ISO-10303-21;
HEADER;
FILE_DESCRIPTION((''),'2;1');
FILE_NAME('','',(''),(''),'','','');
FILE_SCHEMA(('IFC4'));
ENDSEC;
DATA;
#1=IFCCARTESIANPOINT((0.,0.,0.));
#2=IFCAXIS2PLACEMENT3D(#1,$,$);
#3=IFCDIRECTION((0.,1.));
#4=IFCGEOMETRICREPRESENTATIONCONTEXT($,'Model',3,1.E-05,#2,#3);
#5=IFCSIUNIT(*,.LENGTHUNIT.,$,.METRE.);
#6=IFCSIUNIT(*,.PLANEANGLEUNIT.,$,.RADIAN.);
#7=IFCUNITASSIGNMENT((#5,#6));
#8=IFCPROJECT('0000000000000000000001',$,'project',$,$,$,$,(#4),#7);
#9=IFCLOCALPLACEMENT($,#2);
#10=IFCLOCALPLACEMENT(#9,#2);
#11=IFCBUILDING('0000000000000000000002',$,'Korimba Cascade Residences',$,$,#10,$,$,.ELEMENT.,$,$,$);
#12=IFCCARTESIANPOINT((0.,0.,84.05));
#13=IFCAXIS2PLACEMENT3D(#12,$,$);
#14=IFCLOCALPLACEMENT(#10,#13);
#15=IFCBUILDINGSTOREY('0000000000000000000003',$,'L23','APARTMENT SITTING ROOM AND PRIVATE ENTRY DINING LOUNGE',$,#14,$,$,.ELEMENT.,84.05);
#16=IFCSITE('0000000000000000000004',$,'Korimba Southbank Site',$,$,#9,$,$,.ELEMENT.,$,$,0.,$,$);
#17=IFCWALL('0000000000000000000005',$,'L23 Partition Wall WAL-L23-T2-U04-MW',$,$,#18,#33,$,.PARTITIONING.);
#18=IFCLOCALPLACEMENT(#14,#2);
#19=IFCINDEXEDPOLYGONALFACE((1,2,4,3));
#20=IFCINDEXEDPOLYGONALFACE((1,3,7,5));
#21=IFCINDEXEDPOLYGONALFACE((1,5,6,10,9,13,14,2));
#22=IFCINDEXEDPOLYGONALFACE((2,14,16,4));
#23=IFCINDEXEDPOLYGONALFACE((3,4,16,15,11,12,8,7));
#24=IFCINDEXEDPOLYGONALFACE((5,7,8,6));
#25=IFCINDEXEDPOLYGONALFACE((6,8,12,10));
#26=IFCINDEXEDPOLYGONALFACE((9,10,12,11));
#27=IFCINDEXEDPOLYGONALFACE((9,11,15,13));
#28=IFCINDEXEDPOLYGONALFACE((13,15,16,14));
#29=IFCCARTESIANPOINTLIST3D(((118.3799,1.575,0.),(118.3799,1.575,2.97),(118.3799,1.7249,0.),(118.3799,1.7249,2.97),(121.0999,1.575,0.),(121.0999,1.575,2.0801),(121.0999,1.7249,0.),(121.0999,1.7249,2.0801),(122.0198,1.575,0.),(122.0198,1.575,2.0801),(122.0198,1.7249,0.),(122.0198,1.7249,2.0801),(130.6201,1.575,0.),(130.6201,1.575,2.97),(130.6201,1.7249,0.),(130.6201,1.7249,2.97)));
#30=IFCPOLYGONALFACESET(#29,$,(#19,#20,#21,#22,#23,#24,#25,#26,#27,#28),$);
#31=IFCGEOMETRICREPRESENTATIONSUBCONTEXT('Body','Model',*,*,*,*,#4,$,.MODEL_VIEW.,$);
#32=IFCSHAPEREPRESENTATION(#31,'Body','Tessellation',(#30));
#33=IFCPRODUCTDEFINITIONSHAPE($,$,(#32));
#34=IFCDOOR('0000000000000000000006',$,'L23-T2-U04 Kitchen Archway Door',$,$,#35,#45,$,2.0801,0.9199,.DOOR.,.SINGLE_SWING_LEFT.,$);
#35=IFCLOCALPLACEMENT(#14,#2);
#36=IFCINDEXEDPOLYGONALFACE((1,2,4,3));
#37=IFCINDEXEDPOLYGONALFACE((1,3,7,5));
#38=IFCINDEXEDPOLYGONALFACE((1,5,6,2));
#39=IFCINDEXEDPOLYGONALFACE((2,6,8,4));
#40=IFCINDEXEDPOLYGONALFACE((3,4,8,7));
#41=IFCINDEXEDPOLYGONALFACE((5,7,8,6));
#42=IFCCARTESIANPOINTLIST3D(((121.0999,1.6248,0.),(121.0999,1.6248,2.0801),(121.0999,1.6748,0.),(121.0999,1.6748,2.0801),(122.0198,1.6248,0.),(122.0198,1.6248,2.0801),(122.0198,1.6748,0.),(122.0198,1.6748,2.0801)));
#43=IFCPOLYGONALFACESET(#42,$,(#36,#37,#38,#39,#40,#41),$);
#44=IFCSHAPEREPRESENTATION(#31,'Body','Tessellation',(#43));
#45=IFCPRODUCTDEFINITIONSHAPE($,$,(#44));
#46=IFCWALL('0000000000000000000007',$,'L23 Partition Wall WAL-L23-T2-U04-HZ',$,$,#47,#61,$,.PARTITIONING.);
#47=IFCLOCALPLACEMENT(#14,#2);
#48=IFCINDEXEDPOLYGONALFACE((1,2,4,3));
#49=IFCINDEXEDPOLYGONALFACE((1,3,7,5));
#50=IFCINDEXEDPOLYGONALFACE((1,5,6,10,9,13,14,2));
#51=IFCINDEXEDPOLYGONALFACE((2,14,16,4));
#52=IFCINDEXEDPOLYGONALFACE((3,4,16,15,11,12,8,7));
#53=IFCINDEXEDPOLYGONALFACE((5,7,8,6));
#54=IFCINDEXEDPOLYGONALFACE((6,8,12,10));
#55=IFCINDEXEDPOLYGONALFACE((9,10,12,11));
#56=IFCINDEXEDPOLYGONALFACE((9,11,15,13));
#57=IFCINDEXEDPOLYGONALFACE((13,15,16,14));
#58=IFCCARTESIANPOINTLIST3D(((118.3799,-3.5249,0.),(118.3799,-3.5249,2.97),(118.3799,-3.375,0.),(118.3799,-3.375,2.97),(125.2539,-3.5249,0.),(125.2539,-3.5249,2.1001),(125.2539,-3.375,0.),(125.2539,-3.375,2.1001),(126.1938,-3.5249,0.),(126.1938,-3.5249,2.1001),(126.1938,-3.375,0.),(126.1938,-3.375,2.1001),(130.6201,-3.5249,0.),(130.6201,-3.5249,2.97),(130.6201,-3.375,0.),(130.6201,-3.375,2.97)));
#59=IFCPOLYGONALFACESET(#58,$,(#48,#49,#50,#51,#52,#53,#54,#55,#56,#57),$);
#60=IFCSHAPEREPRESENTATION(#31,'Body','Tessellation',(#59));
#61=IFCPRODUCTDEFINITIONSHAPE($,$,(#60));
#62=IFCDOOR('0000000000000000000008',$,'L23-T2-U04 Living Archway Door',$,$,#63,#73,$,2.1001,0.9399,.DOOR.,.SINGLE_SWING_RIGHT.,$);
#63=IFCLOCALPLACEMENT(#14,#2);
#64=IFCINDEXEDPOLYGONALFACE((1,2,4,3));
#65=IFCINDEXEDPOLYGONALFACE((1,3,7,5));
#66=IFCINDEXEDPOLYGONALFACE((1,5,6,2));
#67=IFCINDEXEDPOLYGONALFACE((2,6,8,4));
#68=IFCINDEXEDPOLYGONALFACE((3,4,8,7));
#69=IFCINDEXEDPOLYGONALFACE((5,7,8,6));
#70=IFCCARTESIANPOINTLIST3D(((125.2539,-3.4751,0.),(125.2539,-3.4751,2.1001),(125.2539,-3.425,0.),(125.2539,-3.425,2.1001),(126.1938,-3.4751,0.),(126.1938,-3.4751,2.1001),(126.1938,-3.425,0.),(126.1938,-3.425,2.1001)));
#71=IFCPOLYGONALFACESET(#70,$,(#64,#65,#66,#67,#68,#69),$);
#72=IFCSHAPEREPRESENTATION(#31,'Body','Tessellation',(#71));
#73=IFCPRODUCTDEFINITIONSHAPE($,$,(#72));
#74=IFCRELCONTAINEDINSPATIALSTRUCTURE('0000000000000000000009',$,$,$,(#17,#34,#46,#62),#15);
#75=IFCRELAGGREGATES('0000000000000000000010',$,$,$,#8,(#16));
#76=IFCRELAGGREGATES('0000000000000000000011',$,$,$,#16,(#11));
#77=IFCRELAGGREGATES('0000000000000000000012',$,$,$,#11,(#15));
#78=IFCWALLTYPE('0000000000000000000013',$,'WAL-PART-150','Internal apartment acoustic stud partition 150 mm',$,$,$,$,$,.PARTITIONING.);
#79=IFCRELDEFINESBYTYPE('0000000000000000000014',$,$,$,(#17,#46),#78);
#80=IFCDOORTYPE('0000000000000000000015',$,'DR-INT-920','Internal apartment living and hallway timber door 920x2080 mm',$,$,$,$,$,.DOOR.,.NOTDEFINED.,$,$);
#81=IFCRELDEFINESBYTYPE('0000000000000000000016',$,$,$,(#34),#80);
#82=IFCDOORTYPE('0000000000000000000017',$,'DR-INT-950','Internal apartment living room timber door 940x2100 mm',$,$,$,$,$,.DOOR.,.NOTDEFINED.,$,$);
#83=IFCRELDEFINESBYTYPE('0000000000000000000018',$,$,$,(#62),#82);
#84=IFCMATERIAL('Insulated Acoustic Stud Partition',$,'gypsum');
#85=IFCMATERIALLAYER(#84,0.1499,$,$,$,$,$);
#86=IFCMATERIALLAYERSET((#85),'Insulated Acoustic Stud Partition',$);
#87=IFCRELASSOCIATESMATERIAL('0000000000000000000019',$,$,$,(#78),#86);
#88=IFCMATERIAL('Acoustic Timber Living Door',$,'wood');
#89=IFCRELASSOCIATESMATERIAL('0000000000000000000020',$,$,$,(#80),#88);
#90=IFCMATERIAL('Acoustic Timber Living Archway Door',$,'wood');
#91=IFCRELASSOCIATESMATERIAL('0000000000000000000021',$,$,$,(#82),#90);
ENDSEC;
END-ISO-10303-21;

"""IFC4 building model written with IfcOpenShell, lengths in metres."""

from ifc_helpers import new_model, si_unit, direction, frame, frame_2d, origin, place, context, subcontext, project, spatial, rectangle, extrude, material, layer, layer_set, type_object, element, fill, save


model = new_model("IFC4")

# Units and contexts
model_context = context("Model", 3, precision=1e-05, world=origin(), true_north=direction((0.0, 1.0)))
body_context = subcontext(model_context, "Body", "Model", "MODEL_VIEW")
ifc_project = project(units=[si_unit("LENGTHUNIT", "METRE"), si_unit("PLANEANGLEUNIT", "RADIAN")], contexts=[model_context])

# Site, building, storey
site_placement = place(None, origin())
site = spatial("IfcSite", under=ifc_project, at=site_placement, Name="Korimba Southbank Site", CompositionType="ELEMENT", RefElevation=0.0)
building_placement = place(site_placement, origin())
building = spatial("IfcBuilding", under=site, at=building_placement, Name="Korimba Cascade Residences", CompositionType="ELEMENT")
storey_placement = place(building_placement, frame((0.0, 0.0, 84.05)))
storey = spatial("IfcBuildingStorey", under=building, at=storey_placement, Name="L23", Description="APARTMENT SITTING ROOM AND PRIVATE ENTRY DINING LOUNGE", CompositionType="ELEMENT", Elevation=84.05)

# Shared definitions
ifc_material_1 = material(Name="Insulated Acoustic Stud Partition", Category="gypsum")
ifc_layer = layer(ifc_material_1, 0.1499)
ifc_layer_set = layer_set([ifc_layer], Name="Insulated Acoustic Stud Partition")
wall_type = type_object("IfcWallType", Name="WAL-PART-150", Description="Internal apartment acoustic stud partition 150 mm", PredefinedType="PARTITIONING", material=ifc_layer_set)

# Walls, openings, doors
wall_1_placement = place(storey_placement, frame((118.3799, 1.6499, 0.0), z_axis=(0.0, 0.0, 1.0), x_axis=(1.0, 0.0, 0.0)))
wall_1 = element("IfcWall", 1, at=wall_1_placement, inside=storey, type_object=wall_type, Name="L23 Partition Wall WAL-L23-T2-U04-MW", PredefinedType="PARTITIONING", context=body_context, shape_type="SweptSolid", body=[
    extrude(rectangle(XDim=12.2402, YDim=0.1499, at=frame_2d((6.1201, 0.0))), origin(), (0.0, 0.0, 1.0), 2.97),
])
opening_1_placement = place(wall_1_placement, frame((2.72, 0.0, 0.0)))
opening_1 = element("IfcOpeningElement", 2, at=opening_1_placement, cuts=wall_1, PredefinedType="OPENING", context=body_context, shape_type="SweptSolid", body=[
    extrude(rectangle(XDim=0.9199, YDim=2.0801, at=frame_2d((0.46, 1.04))), frame((0.0, 0.085, 0.0), z_axis=(0.0, -1.0, 0.0), x_axis=(1.0, 0.0, 0.0)), (0.0, 0.0, 1.0), 0.1699),
])
ifc_material_2 = material(Name="Acoustic Timber Living Door", Category="wood")
door_type_1 = type_object("IfcDoorType", Name="DR-INT-920", Description="Internal apartment living and hallway timber door 920x2080 mm", OperationType="NOTDEFINED", PredefinedType="DOOR", material=ifc_material_2)
door_1_placement = place(opening_1_placement, origin())
door_1 = element("IfcDoor", 3, at=door_1_placement, inside=storey, type_object=door_type_1, Name="L23-T2-U04 Kitchen Archway Door", OperationType="SINGLE_SWING_LEFT", OverallHeight=2.0801, OverallWidth=0.9199, PredefinedType="DOOR", context=body_context, shape_type="SweptSolid", body=[
    extrude(rectangle(XDim=0.9199, YDim=2.0801, at=frame_2d((0.46, 1.04))), frame((0.0, 0.0249, 0.0), z_axis=(0.0, -1.0, 0.0), x_axis=(1.0, 0.0, 0.0)), (0.0, 0.0, 1.0), 0.05),
])
fill(opening_1, door_1)
wall_2_placement = place(storey_placement, frame((118.3799, -3.45, 0.0), z_axis=(0.0, 0.0, 1.0), x_axis=(1.0, 0.0, 0.0)))
wall_2 = element("IfcWall", 4, at=wall_2_placement, inside=storey, type_object=wall_type, Name="L23 Partition Wall WAL-L23-T2-U04-HZ", PredefinedType="PARTITIONING", context=body_context, shape_type="SweptSolid", body=[
    extrude(rectangle(XDim=12.2402, YDim=0.1499, at=frame_2d((6.1201, 0.0))), origin(), (0.0, 0.0, 1.0), 2.97),
])
opening_2_placement = place(wall_2_placement, frame((6.874, 0.0, 0.0)))
opening_2 = element("IfcOpeningElement", 5, at=opening_2_placement, cuts=wall_2, PredefinedType="OPENING", context=body_context, shape_type="SweptSolid", body=[
    extrude(rectangle(XDim=0.9399, YDim=2.1001, at=frame_2d((0.47, 1.05))), frame((0.0, 0.085, 0.0), z_axis=(0.0, -1.0, 0.0), x_axis=(1.0, 0.0, 0.0)), (0.0, 0.0, 1.0), 0.1699),
])
ifc_material_3 = material(Name="Acoustic Timber Living Archway Door", Category="wood")
door_type_2 = type_object("IfcDoorType", Name="DR-INT-950", Description="Internal apartment living room timber door 940x2100 mm", OperationType="NOTDEFINED", PredefinedType="DOOR", material=ifc_material_3)
door_2_placement = place(opening_2_placement, origin())
door_2 = element("IfcDoor", 6, at=door_2_placement, inside=storey, type_object=door_type_2, Name="L23-T2-U04 Living Archway Door", OperationType="SINGLE_SWING_RIGHT", OverallHeight=2.1001, OverallWidth=0.9399, PredefinedType="DOOR", context=body_context, shape_type="SweptSolid", body=[
    extrude(rectangle(XDim=0.9399, YDim=2.1001, at=frame_2d((0.47, 1.05))), frame((0.0, 0.0249, 0.0), z_axis=(0.0, -1.0, 0.0), x_axis=(1.0, 0.0, 0.0)), (0.0, 0.0, 1.0), 0.05),
])
fill(opening_2, door_2)

save(model, "model.ifc")
